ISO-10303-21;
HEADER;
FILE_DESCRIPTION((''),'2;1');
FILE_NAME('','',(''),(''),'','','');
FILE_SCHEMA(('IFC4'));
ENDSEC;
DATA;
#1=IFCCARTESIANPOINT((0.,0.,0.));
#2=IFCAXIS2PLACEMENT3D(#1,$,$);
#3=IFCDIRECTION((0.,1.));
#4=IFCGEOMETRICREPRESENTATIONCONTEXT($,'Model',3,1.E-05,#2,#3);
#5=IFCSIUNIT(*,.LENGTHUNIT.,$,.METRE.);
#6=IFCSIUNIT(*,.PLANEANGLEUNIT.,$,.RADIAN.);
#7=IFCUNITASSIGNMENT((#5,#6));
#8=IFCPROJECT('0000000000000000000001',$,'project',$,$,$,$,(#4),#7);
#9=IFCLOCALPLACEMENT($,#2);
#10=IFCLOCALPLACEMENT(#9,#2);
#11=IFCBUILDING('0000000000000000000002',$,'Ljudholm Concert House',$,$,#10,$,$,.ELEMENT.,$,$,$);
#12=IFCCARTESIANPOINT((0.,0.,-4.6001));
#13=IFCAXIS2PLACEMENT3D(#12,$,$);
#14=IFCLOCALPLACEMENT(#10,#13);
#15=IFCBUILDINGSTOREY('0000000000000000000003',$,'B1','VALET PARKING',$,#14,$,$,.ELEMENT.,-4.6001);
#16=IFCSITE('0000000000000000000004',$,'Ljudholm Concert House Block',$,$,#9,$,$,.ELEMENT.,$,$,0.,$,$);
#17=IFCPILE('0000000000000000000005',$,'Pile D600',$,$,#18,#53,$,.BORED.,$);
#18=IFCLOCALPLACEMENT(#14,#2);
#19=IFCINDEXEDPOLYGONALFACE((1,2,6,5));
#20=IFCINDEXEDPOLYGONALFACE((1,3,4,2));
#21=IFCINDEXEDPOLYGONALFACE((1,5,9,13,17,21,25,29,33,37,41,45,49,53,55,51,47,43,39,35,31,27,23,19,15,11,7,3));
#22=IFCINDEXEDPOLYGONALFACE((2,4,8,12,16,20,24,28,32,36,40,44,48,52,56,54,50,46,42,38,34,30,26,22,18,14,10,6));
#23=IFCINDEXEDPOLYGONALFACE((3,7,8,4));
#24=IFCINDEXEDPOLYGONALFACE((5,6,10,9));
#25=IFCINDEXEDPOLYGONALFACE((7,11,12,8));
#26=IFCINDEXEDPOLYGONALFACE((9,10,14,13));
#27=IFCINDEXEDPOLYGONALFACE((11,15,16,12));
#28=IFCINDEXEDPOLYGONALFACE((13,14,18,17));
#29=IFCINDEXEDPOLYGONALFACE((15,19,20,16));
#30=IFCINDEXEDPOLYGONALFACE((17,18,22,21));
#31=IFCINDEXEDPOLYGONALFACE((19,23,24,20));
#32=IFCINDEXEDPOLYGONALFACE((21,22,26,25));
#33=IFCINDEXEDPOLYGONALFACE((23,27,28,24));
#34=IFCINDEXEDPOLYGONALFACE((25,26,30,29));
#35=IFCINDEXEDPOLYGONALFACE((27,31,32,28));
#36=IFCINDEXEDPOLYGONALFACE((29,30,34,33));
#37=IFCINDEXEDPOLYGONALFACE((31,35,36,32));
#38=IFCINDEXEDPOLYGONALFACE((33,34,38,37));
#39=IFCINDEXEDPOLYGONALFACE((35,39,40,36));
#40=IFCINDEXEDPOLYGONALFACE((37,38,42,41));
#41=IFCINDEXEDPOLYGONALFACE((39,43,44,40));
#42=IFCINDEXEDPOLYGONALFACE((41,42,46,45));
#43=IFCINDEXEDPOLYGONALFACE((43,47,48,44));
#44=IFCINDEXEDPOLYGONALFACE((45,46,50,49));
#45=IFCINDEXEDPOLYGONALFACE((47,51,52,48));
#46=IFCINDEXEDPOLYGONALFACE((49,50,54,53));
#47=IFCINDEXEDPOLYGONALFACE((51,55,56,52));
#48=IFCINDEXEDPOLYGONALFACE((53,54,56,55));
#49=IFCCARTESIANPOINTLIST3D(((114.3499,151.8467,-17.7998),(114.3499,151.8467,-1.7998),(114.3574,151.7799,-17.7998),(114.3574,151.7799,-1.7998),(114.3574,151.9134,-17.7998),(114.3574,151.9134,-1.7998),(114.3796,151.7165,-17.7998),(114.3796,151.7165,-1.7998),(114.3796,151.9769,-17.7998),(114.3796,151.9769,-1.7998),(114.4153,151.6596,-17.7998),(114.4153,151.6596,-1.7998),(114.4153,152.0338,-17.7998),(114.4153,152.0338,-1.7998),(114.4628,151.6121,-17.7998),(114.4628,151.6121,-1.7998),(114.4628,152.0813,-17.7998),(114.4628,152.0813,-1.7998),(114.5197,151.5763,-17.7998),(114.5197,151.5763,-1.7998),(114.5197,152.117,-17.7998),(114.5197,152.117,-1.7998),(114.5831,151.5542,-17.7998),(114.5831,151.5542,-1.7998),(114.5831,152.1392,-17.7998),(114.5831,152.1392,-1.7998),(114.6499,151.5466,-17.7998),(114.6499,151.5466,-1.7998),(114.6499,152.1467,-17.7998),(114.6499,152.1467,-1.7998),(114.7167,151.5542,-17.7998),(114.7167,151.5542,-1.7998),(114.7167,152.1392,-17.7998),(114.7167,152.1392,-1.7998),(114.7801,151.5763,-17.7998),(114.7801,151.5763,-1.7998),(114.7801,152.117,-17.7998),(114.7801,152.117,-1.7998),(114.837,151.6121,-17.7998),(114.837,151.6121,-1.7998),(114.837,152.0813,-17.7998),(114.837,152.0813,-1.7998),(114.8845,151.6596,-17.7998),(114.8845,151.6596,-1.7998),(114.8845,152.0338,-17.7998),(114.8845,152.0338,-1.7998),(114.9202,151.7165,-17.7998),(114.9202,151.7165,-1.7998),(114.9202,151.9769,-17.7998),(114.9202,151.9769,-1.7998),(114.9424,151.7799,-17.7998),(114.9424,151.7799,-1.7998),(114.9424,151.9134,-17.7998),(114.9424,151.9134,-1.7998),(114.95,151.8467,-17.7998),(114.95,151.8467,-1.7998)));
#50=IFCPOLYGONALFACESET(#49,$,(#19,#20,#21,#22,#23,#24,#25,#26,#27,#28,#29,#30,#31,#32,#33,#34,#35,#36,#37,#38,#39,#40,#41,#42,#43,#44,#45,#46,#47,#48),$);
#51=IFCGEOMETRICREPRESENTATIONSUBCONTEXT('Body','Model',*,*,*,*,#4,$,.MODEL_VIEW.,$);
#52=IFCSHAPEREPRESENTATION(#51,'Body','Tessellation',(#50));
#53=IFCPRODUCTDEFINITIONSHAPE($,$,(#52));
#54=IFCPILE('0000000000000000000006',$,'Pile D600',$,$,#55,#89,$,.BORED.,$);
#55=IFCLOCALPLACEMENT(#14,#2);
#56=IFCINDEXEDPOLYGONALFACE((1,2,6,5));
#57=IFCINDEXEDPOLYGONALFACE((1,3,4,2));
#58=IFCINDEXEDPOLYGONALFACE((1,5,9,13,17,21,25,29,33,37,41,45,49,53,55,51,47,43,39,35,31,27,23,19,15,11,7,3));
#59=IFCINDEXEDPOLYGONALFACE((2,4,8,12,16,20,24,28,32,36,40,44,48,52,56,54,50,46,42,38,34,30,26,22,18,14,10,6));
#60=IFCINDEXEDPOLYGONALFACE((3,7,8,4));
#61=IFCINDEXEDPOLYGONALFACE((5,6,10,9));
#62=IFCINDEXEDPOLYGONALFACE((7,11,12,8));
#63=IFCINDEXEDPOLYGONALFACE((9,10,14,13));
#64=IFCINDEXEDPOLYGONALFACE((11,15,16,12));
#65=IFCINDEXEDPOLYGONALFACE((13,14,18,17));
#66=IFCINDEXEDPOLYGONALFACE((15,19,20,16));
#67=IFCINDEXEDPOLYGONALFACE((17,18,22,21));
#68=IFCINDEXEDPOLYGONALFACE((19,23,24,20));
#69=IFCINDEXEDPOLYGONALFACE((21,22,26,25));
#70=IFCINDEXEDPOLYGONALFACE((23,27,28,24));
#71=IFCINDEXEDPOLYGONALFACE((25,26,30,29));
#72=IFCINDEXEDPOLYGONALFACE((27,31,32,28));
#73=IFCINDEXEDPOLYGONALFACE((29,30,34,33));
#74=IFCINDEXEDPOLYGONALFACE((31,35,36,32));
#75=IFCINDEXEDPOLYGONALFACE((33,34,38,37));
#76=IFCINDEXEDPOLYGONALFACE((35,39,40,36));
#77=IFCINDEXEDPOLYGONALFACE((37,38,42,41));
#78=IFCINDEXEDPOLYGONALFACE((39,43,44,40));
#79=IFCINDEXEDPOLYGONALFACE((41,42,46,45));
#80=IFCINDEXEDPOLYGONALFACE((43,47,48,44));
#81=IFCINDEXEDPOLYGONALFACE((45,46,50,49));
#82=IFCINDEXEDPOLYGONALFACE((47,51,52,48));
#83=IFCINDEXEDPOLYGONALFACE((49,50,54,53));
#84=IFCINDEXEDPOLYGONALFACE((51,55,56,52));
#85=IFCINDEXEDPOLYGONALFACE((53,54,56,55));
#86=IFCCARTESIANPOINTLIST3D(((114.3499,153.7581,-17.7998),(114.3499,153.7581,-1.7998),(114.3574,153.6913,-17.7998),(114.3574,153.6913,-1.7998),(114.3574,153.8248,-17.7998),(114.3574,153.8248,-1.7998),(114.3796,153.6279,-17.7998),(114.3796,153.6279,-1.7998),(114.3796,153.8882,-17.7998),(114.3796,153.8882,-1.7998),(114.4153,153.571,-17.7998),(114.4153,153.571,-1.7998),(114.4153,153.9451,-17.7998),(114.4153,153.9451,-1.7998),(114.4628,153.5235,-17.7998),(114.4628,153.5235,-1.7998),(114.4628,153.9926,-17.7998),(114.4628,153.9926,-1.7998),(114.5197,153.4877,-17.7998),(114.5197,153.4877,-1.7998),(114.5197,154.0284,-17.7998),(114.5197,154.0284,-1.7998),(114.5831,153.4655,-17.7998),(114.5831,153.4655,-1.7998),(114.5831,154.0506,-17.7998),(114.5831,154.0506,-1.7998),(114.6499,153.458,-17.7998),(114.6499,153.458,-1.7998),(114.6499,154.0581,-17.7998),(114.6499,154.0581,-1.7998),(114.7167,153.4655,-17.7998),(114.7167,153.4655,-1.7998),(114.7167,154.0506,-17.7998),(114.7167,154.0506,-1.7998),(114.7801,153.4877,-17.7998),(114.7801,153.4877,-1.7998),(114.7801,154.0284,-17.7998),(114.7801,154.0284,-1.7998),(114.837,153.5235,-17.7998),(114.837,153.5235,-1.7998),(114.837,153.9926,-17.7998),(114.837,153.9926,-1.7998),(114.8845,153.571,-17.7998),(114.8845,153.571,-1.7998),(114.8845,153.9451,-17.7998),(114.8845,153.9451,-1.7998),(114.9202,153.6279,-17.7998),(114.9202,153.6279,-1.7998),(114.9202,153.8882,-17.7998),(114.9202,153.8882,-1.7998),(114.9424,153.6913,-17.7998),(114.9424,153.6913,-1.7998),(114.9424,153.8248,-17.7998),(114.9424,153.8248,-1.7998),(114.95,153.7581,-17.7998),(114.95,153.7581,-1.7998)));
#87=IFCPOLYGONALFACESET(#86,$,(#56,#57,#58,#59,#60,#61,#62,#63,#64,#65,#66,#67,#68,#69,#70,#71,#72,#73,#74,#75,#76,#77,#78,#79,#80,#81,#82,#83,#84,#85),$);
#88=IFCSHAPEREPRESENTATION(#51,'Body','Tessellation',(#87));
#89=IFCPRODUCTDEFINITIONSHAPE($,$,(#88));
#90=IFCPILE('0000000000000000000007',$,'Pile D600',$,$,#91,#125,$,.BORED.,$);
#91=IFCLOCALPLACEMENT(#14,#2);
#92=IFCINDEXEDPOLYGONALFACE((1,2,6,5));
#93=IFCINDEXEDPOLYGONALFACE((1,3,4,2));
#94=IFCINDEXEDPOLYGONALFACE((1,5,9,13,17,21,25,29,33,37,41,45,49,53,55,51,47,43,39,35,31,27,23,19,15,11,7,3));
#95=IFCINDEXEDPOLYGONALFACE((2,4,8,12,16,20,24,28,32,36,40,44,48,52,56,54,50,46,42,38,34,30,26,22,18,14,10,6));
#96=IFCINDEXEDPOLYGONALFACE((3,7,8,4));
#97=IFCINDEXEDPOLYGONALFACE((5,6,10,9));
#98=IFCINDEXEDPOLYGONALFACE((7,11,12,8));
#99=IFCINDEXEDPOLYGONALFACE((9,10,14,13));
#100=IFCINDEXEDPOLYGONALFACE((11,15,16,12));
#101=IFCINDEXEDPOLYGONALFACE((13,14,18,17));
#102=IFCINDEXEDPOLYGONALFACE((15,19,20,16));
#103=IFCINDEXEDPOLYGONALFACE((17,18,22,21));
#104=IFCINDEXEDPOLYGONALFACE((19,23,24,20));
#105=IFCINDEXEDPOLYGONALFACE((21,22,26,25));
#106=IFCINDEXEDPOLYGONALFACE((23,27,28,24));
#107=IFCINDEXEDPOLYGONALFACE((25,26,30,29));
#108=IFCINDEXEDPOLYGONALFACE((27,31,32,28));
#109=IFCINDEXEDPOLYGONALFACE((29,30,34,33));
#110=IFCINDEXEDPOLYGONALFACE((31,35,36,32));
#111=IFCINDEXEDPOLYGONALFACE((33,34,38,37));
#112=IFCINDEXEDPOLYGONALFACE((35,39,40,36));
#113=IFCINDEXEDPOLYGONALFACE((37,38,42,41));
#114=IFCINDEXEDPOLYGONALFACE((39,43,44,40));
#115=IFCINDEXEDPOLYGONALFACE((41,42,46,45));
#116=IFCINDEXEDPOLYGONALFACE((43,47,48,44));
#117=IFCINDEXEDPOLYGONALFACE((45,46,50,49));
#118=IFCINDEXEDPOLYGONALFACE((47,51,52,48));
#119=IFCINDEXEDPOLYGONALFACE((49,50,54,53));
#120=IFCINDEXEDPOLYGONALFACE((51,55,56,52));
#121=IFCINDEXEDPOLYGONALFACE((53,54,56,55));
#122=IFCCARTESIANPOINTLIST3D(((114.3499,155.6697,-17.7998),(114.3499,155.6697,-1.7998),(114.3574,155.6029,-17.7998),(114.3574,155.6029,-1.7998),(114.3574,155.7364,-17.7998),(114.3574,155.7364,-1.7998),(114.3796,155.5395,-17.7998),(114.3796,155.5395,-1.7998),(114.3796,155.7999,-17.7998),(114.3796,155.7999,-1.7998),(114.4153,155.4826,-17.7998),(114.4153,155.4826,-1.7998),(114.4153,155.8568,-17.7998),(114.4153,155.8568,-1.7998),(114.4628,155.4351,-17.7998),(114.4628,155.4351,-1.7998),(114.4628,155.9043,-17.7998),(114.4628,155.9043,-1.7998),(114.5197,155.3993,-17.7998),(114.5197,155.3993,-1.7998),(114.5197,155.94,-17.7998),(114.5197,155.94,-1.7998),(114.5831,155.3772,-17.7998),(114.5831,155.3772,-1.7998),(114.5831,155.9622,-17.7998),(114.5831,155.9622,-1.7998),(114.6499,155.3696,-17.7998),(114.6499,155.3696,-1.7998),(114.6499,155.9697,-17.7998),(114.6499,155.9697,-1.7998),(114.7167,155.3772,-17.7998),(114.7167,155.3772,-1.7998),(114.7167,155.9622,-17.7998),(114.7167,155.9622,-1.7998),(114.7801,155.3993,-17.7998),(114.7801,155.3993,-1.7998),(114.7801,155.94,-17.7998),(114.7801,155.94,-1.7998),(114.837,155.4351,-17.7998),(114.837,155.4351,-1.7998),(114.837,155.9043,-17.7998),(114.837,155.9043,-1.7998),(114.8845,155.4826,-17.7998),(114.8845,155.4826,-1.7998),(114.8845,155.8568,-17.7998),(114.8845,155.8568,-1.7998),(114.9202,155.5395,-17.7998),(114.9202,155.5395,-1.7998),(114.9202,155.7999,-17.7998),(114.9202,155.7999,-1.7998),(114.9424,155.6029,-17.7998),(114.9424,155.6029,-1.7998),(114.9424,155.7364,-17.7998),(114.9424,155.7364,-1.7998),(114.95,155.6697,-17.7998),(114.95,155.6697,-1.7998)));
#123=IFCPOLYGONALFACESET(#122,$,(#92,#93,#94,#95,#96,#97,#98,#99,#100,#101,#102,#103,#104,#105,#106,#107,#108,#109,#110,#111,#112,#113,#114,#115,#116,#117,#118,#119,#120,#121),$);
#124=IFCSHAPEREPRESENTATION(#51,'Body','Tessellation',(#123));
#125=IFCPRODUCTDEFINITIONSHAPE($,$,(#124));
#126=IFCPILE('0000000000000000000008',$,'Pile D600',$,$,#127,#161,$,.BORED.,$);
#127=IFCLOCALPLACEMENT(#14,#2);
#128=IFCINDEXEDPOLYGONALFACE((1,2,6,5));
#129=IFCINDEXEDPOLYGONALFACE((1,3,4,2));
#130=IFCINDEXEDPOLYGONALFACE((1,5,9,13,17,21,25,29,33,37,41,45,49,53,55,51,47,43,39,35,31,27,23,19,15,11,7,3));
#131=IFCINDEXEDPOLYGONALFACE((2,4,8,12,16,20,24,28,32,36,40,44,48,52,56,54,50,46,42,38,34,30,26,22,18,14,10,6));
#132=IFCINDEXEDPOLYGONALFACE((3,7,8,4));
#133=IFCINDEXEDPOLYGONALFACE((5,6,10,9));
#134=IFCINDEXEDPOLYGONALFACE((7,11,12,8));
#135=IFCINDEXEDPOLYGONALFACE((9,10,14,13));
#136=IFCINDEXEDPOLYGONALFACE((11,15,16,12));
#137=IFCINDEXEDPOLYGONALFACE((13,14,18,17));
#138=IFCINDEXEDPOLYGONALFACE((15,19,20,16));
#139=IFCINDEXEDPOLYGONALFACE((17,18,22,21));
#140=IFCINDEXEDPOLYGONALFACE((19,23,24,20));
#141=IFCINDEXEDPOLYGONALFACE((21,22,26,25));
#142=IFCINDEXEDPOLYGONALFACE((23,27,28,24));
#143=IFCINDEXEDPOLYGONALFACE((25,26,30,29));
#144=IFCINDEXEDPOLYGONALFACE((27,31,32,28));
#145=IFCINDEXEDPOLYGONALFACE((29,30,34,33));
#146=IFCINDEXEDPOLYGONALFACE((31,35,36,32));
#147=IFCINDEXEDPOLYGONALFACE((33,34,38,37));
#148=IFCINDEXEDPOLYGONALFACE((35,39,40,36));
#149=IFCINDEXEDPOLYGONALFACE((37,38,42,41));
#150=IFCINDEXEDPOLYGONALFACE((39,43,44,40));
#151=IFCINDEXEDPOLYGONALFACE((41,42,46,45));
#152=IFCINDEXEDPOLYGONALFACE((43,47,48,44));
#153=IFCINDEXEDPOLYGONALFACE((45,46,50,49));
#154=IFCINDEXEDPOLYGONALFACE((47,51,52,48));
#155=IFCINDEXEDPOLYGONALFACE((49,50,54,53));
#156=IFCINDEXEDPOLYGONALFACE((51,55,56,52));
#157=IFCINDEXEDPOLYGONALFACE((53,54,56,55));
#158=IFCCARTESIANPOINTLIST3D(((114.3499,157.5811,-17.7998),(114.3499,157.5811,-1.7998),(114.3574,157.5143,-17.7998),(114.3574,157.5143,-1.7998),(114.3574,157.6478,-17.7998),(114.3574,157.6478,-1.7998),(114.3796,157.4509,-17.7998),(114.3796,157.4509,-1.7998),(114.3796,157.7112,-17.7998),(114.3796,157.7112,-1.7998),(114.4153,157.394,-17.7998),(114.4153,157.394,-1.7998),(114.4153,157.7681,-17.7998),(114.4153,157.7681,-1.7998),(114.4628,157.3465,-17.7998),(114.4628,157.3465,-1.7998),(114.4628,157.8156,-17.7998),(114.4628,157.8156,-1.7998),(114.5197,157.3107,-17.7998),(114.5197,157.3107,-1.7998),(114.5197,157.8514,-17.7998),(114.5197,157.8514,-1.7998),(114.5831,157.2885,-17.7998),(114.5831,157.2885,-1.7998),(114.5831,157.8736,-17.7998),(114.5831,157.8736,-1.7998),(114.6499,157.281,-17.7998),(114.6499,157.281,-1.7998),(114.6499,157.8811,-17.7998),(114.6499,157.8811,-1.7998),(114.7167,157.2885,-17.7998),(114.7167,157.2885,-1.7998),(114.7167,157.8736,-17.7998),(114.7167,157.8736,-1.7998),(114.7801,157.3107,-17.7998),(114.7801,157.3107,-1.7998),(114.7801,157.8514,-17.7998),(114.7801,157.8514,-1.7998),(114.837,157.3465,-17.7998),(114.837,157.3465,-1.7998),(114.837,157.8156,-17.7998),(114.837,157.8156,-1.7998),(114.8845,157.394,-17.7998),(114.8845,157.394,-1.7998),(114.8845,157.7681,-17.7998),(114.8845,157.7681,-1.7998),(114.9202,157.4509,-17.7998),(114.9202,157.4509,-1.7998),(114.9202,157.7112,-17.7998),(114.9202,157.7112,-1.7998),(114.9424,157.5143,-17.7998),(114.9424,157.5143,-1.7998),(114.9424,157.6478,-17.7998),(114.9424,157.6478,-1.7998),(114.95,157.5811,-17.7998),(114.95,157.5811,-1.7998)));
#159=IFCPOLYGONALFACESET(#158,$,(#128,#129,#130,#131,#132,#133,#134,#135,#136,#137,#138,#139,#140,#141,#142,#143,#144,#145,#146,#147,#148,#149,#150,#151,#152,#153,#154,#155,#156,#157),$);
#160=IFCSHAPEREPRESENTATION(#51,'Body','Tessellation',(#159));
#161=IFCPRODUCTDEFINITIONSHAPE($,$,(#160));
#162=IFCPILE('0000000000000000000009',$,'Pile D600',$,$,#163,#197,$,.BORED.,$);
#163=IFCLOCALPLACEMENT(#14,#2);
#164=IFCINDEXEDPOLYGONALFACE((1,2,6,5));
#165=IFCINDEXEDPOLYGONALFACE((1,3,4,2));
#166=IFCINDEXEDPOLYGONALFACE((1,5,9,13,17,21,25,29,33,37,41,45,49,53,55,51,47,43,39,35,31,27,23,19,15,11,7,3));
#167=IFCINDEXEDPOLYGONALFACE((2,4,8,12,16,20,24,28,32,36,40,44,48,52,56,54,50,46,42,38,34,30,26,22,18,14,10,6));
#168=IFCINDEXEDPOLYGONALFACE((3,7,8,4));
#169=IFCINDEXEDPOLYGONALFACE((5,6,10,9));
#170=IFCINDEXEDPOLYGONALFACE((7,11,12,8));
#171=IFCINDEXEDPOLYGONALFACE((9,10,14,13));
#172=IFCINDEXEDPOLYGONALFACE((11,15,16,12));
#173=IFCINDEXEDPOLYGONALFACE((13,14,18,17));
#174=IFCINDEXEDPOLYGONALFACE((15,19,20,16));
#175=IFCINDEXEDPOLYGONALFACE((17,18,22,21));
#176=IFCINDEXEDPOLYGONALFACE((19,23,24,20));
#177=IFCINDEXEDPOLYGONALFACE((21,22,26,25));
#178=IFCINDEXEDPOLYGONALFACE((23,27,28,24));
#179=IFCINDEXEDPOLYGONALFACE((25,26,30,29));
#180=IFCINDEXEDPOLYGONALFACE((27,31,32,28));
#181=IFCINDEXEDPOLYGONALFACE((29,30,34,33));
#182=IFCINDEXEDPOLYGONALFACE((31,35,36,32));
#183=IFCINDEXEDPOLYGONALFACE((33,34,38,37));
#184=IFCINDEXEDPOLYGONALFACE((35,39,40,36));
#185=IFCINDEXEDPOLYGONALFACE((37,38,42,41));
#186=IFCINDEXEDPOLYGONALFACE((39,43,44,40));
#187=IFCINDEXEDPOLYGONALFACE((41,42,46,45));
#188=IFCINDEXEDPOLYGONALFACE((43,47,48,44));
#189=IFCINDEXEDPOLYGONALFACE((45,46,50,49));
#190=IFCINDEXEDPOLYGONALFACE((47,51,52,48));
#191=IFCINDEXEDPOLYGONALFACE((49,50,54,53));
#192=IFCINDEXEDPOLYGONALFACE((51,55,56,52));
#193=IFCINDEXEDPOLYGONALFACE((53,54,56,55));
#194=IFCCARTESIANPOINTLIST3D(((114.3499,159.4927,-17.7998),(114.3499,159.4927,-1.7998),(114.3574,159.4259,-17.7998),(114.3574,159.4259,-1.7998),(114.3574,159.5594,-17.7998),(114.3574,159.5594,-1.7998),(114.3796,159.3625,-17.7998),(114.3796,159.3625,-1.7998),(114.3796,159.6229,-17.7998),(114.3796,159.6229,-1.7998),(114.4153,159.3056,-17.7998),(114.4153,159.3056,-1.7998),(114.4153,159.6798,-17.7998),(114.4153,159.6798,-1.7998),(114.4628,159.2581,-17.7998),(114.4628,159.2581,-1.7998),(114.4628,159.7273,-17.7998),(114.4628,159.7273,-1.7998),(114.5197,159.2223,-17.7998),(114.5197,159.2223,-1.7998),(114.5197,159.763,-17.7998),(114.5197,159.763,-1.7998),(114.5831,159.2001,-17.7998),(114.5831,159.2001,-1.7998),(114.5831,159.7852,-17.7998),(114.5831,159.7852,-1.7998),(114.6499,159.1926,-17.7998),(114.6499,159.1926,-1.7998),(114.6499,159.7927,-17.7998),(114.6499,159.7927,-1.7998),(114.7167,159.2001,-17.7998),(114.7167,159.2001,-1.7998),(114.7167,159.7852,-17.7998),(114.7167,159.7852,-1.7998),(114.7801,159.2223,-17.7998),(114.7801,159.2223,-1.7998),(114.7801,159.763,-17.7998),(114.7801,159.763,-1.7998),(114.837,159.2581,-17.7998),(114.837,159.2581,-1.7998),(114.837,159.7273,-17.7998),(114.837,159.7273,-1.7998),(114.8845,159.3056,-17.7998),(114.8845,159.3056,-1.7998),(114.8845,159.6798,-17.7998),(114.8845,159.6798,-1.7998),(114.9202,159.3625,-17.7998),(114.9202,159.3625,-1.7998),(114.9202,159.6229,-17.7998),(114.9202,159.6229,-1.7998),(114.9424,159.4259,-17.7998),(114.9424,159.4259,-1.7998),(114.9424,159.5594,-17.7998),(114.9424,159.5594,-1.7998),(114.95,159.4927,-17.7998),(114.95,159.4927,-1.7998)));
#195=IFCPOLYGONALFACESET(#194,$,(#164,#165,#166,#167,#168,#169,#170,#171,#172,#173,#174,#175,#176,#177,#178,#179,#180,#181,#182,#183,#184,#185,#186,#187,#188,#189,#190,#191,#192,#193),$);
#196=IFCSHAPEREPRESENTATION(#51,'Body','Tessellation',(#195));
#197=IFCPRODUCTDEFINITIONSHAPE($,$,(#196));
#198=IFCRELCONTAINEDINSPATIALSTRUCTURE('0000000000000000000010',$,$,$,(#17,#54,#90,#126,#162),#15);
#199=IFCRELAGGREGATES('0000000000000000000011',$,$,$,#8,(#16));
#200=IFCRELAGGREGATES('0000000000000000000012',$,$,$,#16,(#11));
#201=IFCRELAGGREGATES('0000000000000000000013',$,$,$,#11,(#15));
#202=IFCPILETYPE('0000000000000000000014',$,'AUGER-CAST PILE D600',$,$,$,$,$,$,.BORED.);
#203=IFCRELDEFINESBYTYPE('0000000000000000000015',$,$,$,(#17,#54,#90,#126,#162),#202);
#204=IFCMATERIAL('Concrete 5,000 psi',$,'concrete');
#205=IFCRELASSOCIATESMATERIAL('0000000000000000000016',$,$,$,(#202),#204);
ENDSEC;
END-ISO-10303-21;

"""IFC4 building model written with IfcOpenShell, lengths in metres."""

from ifc_helpers import new_model, si_unit, direction, frame, origin, origin_2d, place, context, subcontext, project, spatial, circle, extrude, material, material_profile, profile_set, type_object, element, save


model = new_model("IFC4")

# Units and contexts
model_context = context("Model", 3, precision=1e-05, world=origin(), true_north=direction((0.0, 1.0)))
body_context = subcontext(model_context, "Body", "Model", "MODEL_VIEW")
ifc_project = project(units=[si_unit("LENGTHUNIT", "METRE"), si_unit("PLANEANGLEUNIT", "RADIAN")], contexts=[model_context])

# Site, building, storey
site_placement = place(None, origin())
site = spatial("IfcSite", under=ifc_project, at=site_placement, Name="Ljudholm Concert House Block", CompositionType="ELEMENT", RefElevation=0.0)
building_placement = place(site_placement, origin())
building = spatial("IfcBuilding", under=site, at=building_placement, Name="Ljudholm Concert House", CompositionType="ELEMENT")
storey_placement = place(building_placement, frame((0.0, 0.0, -4.6001)))
storey = spatial("IfcBuildingStorey", under=building, at=storey_placement, Name="B1", Description="VALET PARKING", CompositionType="ELEMENT", Elevation=-4.6001)

# Piles
ifc_material_1 = material(Name="Concrete 5,000 psi", Category="concrete")
ifc_material_profile_1 = material_profile(ifc_material_1, circle(Radius=0.3, at=origin_2d()), Name="AUGER-CAST PILE D600")
ifc_profile_set_1 = profile_set([ifc_material_profile_1], Name="Concrete 5,000 psi")
pile_type = type_object("IfcPileType", Name="AUGER-CAST PILE D600", PredefinedType="BORED", material=ifc_profile_set_1)
for number, where, z_axis, x_axis, name in (
    (1, (114.6499, 151.8467, -1.7998), (0.0, 0.0, -1.0), (1.0, 0.0, 0.0), "Pile D600"),
    (2, (114.6499, 153.7581, -1.7998), (0.0, 0.0, -1.0), (1.0, 0.0, 0.0), "Pile D600"),
    (3, (114.6499, 155.6697, -1.7998), (0.0, 0.0, -1.0), (1.0, 0.0, 0.0), "Pile D600"),
    (4, (114.6499, 157.5811, -1.7998), (0.0, 0.0, -1.0), (1.0, 0.0, 0.0), "Pile D600"),
    (5, (114.6499, 159.4927, -1.7998), (0.0, 0.0, -1.0), (1.0, 0.0, 0.0), "Pile D600"),
):
    element("IfcPile", number, at=place(storey_placement, frame(where, z_axis=z_axis, x_axis=x_axis)), inside=storey, type_object=pile_type, Name=name, PredefinedType="BORED", context=body_context, shape_type="SweptSolid", body=[
        extrude(circle(Radius=0.3, at=origin_2d()), origin(), (0.0, 0.0, 1.0), 16.0),
    ])

save(model, "model.ifc")
